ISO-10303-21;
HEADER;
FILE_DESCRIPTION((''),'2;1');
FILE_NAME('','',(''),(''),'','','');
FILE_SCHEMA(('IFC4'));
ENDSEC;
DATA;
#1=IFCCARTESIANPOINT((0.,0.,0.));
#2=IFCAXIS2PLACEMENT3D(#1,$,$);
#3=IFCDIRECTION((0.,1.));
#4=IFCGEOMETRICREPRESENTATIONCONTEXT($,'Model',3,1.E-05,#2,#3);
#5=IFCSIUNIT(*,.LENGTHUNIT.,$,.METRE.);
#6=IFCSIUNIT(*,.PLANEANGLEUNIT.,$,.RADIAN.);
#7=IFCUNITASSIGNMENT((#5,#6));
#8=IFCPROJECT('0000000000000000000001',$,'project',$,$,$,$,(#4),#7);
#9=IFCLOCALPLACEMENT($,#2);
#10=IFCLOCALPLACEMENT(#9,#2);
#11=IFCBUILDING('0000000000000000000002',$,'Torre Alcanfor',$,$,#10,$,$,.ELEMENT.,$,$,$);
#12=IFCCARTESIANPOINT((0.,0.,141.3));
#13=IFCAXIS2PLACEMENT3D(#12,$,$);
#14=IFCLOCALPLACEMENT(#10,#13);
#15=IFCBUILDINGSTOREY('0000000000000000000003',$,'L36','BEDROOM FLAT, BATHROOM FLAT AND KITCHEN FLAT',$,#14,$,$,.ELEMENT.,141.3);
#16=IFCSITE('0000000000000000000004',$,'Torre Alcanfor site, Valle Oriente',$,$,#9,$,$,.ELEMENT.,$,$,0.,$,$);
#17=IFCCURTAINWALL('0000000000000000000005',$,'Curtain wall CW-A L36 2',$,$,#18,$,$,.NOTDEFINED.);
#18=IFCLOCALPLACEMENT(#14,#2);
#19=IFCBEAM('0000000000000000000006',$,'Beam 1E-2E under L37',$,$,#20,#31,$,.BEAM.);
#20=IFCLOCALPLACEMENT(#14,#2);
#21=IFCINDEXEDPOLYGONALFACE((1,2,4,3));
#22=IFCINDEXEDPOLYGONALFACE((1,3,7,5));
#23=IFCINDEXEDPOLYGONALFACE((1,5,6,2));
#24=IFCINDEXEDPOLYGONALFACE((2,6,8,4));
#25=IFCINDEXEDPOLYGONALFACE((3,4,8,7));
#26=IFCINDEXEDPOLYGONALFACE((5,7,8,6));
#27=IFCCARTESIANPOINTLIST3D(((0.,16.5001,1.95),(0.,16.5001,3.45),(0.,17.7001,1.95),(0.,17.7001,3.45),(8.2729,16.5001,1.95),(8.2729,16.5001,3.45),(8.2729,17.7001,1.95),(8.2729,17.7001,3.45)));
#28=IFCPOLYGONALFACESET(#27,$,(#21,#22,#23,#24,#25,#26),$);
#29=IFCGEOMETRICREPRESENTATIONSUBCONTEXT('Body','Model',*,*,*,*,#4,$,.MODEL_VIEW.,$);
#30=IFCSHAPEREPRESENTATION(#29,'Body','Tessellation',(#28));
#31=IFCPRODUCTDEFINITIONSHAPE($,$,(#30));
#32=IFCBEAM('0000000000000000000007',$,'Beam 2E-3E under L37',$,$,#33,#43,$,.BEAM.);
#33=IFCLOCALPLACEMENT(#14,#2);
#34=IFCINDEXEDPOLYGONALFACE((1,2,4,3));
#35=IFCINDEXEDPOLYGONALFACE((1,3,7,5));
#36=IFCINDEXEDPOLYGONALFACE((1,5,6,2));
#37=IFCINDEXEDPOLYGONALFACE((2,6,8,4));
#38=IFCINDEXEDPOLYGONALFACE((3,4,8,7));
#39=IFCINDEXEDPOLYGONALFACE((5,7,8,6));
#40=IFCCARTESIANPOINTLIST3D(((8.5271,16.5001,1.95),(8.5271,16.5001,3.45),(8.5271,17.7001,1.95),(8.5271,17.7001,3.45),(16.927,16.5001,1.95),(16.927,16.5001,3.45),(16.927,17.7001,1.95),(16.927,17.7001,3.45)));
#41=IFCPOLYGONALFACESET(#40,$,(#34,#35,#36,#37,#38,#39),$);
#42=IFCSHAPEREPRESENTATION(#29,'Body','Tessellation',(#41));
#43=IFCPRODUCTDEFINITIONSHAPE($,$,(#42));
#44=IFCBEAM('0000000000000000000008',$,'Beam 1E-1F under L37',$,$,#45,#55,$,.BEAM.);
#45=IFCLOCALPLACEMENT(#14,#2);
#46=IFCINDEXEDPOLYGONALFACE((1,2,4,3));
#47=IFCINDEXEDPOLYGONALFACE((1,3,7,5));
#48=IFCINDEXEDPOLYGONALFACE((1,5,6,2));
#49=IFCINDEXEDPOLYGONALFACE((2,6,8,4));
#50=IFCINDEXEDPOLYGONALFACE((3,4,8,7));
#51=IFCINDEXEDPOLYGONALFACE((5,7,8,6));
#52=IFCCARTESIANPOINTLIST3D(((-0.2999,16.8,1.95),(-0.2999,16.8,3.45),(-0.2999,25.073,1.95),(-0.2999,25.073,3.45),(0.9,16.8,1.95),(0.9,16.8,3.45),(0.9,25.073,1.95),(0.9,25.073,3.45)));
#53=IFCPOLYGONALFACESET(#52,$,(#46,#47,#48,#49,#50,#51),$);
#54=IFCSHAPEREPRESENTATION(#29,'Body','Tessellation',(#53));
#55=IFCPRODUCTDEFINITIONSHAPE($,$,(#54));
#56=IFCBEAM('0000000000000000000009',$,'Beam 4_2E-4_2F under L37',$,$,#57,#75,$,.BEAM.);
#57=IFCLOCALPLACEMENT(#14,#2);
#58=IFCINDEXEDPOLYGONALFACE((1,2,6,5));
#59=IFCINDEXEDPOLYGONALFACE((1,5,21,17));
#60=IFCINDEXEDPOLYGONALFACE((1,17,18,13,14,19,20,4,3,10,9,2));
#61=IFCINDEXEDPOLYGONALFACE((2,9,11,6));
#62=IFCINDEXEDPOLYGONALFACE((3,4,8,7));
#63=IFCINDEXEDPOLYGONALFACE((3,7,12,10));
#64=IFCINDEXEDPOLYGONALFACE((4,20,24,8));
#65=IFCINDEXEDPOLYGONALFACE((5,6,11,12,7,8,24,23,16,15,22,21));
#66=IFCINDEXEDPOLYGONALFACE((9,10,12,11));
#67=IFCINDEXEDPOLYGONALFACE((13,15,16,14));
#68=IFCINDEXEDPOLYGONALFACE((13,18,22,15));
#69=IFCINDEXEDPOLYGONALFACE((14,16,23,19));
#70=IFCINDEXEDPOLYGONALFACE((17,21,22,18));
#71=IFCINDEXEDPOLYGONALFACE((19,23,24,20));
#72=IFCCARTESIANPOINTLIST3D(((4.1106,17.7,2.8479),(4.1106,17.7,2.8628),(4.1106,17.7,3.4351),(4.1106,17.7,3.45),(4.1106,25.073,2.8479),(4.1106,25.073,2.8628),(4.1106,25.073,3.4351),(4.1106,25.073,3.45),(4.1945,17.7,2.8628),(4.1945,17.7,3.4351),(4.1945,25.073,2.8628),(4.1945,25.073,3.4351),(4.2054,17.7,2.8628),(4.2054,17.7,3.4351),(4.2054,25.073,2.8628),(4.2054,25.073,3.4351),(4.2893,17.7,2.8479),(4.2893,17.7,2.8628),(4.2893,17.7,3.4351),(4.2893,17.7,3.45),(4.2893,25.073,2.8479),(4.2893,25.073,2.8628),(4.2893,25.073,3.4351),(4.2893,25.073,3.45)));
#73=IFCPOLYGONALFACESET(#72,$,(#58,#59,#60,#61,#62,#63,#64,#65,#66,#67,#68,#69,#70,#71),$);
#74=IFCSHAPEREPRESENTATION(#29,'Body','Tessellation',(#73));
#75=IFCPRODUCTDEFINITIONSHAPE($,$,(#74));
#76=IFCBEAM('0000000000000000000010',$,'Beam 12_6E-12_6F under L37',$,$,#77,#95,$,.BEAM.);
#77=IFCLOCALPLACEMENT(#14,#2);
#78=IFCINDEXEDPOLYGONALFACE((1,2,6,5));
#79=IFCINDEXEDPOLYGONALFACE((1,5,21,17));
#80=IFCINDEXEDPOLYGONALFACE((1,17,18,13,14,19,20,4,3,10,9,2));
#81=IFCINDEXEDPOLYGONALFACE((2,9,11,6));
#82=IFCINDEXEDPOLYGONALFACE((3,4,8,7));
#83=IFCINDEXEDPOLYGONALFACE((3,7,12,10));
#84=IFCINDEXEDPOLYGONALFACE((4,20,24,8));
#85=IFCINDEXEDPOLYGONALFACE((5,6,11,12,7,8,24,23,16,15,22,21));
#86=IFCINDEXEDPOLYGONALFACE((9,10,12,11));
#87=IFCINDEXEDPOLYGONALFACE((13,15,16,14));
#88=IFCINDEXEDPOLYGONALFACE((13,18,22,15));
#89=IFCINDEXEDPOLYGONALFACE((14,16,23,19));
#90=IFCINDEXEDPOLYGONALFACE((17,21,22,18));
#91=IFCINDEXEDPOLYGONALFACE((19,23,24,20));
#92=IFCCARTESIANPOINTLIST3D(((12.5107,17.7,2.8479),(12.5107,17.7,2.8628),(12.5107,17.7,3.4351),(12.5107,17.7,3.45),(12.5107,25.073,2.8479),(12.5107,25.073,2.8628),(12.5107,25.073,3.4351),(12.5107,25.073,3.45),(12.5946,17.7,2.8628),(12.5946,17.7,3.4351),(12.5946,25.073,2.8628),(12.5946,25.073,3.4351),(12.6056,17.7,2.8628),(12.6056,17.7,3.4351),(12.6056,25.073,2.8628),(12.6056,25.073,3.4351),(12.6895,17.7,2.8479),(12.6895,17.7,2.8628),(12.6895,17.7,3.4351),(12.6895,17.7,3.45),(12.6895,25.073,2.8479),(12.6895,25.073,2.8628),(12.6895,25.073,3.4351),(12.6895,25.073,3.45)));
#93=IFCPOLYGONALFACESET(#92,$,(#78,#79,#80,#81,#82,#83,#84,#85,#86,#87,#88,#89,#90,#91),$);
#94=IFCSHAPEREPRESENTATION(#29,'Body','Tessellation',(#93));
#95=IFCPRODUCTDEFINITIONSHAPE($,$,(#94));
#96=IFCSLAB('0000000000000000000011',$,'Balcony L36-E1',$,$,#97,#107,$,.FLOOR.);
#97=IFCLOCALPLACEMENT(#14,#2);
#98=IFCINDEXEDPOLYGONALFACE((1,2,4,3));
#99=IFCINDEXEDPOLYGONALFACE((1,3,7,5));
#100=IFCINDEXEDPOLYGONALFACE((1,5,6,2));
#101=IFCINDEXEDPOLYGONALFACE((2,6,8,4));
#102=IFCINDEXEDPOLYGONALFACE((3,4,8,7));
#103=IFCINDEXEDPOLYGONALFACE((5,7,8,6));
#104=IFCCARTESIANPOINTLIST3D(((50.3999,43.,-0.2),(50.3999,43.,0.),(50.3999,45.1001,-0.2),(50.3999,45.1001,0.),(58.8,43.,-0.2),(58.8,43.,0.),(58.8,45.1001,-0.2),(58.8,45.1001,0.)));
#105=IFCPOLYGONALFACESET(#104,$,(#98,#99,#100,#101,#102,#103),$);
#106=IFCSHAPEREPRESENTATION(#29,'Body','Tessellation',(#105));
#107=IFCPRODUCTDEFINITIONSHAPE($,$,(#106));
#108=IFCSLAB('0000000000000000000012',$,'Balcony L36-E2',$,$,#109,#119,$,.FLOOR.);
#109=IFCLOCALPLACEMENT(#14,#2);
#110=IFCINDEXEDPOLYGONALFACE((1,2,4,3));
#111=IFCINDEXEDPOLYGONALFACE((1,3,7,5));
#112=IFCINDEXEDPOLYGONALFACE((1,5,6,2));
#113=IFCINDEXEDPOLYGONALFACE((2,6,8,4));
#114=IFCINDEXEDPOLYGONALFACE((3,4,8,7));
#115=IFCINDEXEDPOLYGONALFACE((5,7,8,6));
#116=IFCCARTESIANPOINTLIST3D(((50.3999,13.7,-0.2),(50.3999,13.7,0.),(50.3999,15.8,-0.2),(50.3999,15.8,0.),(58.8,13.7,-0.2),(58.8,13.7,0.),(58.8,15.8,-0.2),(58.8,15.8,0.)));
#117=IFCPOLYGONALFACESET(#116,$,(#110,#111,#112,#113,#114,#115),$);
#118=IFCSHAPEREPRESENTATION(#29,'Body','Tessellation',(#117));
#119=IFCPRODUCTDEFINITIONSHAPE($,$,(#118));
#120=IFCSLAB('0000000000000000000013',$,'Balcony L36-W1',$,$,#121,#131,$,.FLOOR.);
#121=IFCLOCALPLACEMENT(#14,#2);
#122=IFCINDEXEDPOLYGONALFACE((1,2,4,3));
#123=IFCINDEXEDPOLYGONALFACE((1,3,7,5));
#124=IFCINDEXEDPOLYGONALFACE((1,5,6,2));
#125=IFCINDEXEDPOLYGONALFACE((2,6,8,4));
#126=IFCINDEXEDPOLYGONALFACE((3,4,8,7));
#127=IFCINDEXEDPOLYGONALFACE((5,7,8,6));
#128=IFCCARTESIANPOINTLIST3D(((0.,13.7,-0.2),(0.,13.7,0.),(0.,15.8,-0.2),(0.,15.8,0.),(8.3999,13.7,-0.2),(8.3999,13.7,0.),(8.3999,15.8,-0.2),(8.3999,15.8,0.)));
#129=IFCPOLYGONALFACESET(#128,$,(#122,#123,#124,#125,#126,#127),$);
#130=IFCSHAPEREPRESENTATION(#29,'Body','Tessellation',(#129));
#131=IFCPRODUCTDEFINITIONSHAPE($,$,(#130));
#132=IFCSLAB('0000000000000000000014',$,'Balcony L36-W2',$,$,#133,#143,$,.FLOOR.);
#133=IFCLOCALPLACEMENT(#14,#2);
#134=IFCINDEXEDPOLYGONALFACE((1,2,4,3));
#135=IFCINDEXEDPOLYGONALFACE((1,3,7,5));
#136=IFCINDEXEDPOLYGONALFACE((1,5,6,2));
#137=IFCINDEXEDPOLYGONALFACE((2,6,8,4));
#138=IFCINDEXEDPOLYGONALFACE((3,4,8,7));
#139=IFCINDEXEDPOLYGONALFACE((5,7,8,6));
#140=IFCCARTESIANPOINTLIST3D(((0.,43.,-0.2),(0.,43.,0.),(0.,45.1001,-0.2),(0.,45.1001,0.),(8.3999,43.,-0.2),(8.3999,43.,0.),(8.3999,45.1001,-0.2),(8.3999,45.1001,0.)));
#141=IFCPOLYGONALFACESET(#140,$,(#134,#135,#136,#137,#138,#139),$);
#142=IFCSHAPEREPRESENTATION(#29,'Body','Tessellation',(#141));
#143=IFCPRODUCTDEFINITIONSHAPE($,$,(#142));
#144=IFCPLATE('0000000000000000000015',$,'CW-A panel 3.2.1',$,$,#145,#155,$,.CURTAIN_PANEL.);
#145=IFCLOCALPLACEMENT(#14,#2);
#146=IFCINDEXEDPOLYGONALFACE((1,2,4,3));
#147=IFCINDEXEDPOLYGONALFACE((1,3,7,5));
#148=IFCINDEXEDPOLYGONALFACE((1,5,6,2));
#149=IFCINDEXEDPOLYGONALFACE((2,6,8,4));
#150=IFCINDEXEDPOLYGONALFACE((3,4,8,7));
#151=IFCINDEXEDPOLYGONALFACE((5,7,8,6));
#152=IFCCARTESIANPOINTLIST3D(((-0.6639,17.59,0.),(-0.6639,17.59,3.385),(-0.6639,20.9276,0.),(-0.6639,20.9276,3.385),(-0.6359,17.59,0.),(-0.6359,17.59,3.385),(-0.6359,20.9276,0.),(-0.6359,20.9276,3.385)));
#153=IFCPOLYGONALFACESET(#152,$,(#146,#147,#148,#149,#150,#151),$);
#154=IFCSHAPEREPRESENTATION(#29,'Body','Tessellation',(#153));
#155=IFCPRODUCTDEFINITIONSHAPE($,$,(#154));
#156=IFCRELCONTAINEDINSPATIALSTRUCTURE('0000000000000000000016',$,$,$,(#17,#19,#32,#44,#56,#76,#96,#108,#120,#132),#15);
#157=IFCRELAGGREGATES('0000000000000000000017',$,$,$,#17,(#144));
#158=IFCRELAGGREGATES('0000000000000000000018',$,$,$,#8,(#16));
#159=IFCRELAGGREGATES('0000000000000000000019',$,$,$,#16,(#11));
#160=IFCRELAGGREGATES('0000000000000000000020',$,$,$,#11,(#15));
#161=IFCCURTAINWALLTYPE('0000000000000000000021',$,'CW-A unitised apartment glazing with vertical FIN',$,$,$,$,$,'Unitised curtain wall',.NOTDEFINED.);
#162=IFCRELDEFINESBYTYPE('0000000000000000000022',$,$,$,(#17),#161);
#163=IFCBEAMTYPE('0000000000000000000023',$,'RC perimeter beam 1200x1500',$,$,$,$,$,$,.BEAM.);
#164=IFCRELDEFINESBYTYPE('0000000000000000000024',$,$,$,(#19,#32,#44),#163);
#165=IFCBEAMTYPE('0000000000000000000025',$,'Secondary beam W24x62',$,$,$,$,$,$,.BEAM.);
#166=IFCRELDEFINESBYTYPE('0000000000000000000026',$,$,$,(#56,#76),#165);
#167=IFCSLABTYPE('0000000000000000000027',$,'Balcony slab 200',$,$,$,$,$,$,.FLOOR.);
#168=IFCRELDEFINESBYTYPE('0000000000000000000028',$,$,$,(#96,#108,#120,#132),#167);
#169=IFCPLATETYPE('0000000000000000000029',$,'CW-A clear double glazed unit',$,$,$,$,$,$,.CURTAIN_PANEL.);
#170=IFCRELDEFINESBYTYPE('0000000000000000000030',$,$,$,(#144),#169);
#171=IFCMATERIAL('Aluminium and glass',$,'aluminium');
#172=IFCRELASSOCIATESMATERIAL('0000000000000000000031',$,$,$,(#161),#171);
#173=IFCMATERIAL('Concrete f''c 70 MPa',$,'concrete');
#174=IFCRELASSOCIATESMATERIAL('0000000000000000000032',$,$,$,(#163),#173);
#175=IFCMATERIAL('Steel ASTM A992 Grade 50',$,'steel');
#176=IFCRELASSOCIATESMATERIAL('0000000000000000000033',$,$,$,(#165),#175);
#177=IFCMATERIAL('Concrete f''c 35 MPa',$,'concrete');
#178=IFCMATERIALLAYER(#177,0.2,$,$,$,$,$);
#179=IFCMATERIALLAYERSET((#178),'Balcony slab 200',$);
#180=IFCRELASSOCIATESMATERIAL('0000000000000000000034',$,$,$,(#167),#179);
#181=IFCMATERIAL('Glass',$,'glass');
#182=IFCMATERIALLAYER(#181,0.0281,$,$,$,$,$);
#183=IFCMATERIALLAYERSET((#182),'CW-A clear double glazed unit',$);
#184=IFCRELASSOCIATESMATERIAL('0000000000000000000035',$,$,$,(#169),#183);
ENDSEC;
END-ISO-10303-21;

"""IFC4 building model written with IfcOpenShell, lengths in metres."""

from ifc_helpers import new_model, si_unit, direction, frame, origin, origin_2d, place, context, subcontext, project, spatial, polyline, rectangle, i_section, outline, extrude, material, layer, layer_set, material_profile, profile_set, type_object, element, aggregate, save


model = new_model("IFC4")

# Units and contexts
model_context = context("Model", 3, precision=1e-05, world=origin(), true_north=direction((0.0, 1.0)))
body_context = subcontext(model_context, "Body", "Model", "MODEL_VIEW")
ifc_project = project(units=[si_unit("LENGTHUNIT", "METRE"), si_unit("PLANEANGLEUNIT", "RADIAN")], contexts=[model_context])

# Site, building, storey
site_placement = place(None, origin())
site = spatial("IfcSite", under=ifc_project, at=site_placement, Name="Torre Alcanfor site, Valle Oriente", CompositionType="ELEMENT", RefElevation=0.0)
building_placement = place(site_placement, origin())
building = spatial("IfcBuilding", under=site, at=building_placement, Name="Torre Alcanfor", CompositionType="ELEMENT")
storey_placement = place(building_placement, frame((0.0, 0.0, 141.3)))
storey = spatial("IfcBuildingStorey", under=building, at=storey_placement, Name="L36", Description="BEDROOM FLAT, BATHROOM FLAT AND KITCHEN FLAT", CompositionType="ELEMENT", Elevation=141.3)

# Curtain wall
ifc_material_1 = material(Name="Aluminium and glass", Category="aluminium")
curtain_wall_type = type_object("IfcCurtainWallType", Name="CW-A unitised apartment glazing with vertical FIN", ElementType="Unitised curtain wall", PredefinedType="NOTDEFINED", material=ifc_material_1)
curtain_wall_placement = place(storey_placement, origin())
curtain_wall = element("IfcCurtainWall", 1, at=curtain_wall_placement, inside=storey, type_object=curtain_wall_type, Name="Curtain wall CW-A L36 2", PredefinedType="NOTDEFINED")

# Beams
ifc_material_2 = material(Name="Concrete f'c 70 MPa", Category="concrete")
ifc_material_profile_1 = material_profile(ifc_material_2, rectangle(XDim=1.2, YDim=1.5, at=origin_2d()), Name="1200x1500")
ifc_profile_set_1 = profile_set([ifc_material_profile_1], Name="Concrete f'c 70 MPa")
beam_type_1 = type_object("IfcBeamType", Name="RC perimeter beam 1200x1500", PredefinedType="BEAM", material=ifc_profile_set_1)
beam_1_placement = place(storey_placement, frame((0.0, 17.1001, 2.7), z_axis=(1.0, 0.0, 0.0), x_axis=(0.0, 1.0, 0.0)))
element("IfcBeam", 2, at=beam_1_placement, inside=storey, type_object=beam_type_1, Name="Beam 1E-2E under L37", PredefinedType="BEAM", context=body_context, shape_type="SweptSolid", body=[
    extrude(rectangle(XDim=1.2, YDim=1.5, at=origin_2d()), origin(), (0.0, 0.0, 1.0), 8.2729),
])
beam_2_placement = place(storey_placement, frame((8.5271, 17.1001, 2.7), z_axis=(1.0, 0.0, 0.0), x_axis=(0.0, 1.0, 0.0)))
element("IfcBeam", 3, at=beam_2_placement, inside=storey, type_object=beam_type_1, Name="Beam 2E-3E under L37", PredefinedType="BEAM", context=body_context, shape_type="SweptSolid", body=[
    extrude(rectangle(XDim=1.2, YDim=1.5, at=origin_2d()), origin(), (0.0, 0.0, 1.0), 8.3999),
])
beam_3_placement = place(storey_placement, frame((0.3, 16.8, 2.7), z_axis=(0.0, 1.0, 0.0), x_axis=(-1.0, 0.0, 0.0)))
element("IfcBeam", 4, at=beam_3_placement, inside=storey, type_object=beam_type_1, Name="Beam 1E-1F under L37", PredefinedType="BEAM", context=body_context, shape_type="SweptSolid", body=[
    extrude(rectangle(XDim=1.2, YDim=1.5, at=origin_2d()), origin(), (0.0, 0.0, 1.0), 8.2729),
])
ifc_material_3 = material(Name="Steel ASTM A992 Grade 50", Category="steel")
ifc_material_profile_2 = material_profile(ifc_material_3, i_section(OverallWidth=0.1787, OverallDepth=0.6021, WebThickness=0.011, FlangeThickness=0.0149, at=origin_2d()), Name="W24x62")
ifc_profile_set_2 = profile_set([ifc_material_profile_2], Name="Steel ASTM A992 Grade 50")
beam_type_2 = type_object("IfcBeamType", Name="Secondary beam W24x62", PredefinedType="BEAM", material=ifc_profile_set_2)
for number, where, z_axis, x_axis, name in (
    (5, (4.2, 17.7, 3.1489), (0.0, 1.0, 0.0), (-1.0, 0.0, 0.0), "Beam 4_2E-4_2F under L37"),
    (6, (12.6001, 17.7, 3.1489), (0.0, 1.0, 0.0), (-1.0, 0.0, 0.0), "Beam 12_6E-12_6F under L37"),
):
    element("IfcBeam", number, at=place(storey_placement, frame(where, z_axis=z_axis, x_axis=x_axis)), inside=storey, type_object=beam_type_2, Name=name, PredefinedType="BEAM", context=body_context, shape_type="SweptSolid", body=[
        extrude(i_section(OverallWidth=0.1787, OverallDepth=0.6021, WebThickness=0.011, FlangeThickness=0.0149, at=origin_2d()), origin(), (0.0, 0.0, 1.0), 7.373),
    ])

# Slabs
ifc_material_4 = material(Name="Concrete f'c 35 MPa", Category="concrete")
ifc_layer_1 = layer(ifc_material_4, 0.2)
ifc_layer_set_1 = layer_set([ifc_layer_1], Name="Balcony slab 200")
slab_type_1 = type_object("IfcSlabType", Name="Balcony slab 200", PredefinedType="FLOOR", material=ifc_layer_set_1)
slab_1_placement = place(storey_placement, frame((0.0, 0.0, -0.2)))
element("IfcSlab", 7, at=slab_1_placement, inside=storey, type_object=slab_type_1, Name="Balcony L36-E1", PredefinedType="FLOOR", context=body_context, shape_type="SweptSolid", body=[
    extrude(outline(polyline([(50.3999, 43.0), (58.8, 43.0), (58.8, 45.1001), (50.3999, 45.1001), (50.3999, 43.0)])), origin(), (0.0, 0.0, 1.0), 0.2),
])
slab_2_placement = place(storey_placement, frame((0.0, 0.0, -0.2)))
element("IfcSlab", 8, at=slab_2_placement, inside=storey, type_object=slab_type_1, Name="Balcony L36-E2", PredefinedType="FLOOR", context=body_context, shape_type="SweptSolid", body=[
    extrude(outline(polyline([(50.3999, 13.7), (58.8, 13.7), (58.8, 15.8), (50.3999, 15.8), (50.3999, 13.7)])), origin(), (0.0, 0.0, 1.0), 0.2),
])
slab_3_placement = place(storey_placement, frame((0.0, 0.0, -0.2)))
element("IfcSlab", 9, at=slab_3_placement, inside=storey, type_object=slab_type_1, Name="Balcony L36-W1", PredefinedType="FLOOR", context=body_context, shape_type="SweptSolid", body=[
    extrude(outline(polyline([(8.3999, 15.8), (0.0, 15.8), (0.0, 13.7), (8.3999, 13.7), (8.3999, 15.8)])), origin(), (0.0, 0.0, 1.0), 0.2),
])
slab_4_placement = place(storey_placement, frame((0.0, 0.0, -0.2)))
element("IfcSlab", 10, at=slab_4_placement, inside=storey, type_object=slab_type_1, Name="Balcony L36-W2", PredefinedType="FLOOR", context=body_context, shape_type="SweptSolid", body=[
    extrude(outline(polyline([(8.3999, 45.1001), (0.0, 45.1001), (0.0, 43.0), (8.3999, 43.0), (8.3999, 45.1001)])), origin(), (0.0, 0.0, 1.0), 0.2),
])

# Plate
ifc_material_5 = material(Name="Glass", Category="glass")
ifc_layer_2 = layer(ifc_material_5, 0.0281)
ifc_layer_set_2 = layer_set([ifc_layer_2], Name="CW-A clear double glazed unit")
plate_type = type_object("IfcPlateType", Name="CW-A clear double glazed unit", PredefinedType="CURTAIN_PANEL", material=ifc_layer_set_2)
plate_placement = place(storey_placement, frame((-0.6499, 19.2588, 0.0), z_axis=(0.0, 0.0, 1.0), x_axis=(0.0, -1.0, 0.0)))
plate = element("IfcPlate", 11, at=plate_placement, type_object=plate_type, Name="CW-A panel 3.2.1", PredefinedType="CURTAIN_PANEL", context=body_context, shape_type="SweptSolid", body=[
    extrude(rectangle(XDim=3.3376, YDim=0.0281, at=origin_2d()), origin(), (0.0, 0.0, 1.0), 3.385),
])
aggregate(curtain_wall, [plate])

save(model, "model.ifc")
